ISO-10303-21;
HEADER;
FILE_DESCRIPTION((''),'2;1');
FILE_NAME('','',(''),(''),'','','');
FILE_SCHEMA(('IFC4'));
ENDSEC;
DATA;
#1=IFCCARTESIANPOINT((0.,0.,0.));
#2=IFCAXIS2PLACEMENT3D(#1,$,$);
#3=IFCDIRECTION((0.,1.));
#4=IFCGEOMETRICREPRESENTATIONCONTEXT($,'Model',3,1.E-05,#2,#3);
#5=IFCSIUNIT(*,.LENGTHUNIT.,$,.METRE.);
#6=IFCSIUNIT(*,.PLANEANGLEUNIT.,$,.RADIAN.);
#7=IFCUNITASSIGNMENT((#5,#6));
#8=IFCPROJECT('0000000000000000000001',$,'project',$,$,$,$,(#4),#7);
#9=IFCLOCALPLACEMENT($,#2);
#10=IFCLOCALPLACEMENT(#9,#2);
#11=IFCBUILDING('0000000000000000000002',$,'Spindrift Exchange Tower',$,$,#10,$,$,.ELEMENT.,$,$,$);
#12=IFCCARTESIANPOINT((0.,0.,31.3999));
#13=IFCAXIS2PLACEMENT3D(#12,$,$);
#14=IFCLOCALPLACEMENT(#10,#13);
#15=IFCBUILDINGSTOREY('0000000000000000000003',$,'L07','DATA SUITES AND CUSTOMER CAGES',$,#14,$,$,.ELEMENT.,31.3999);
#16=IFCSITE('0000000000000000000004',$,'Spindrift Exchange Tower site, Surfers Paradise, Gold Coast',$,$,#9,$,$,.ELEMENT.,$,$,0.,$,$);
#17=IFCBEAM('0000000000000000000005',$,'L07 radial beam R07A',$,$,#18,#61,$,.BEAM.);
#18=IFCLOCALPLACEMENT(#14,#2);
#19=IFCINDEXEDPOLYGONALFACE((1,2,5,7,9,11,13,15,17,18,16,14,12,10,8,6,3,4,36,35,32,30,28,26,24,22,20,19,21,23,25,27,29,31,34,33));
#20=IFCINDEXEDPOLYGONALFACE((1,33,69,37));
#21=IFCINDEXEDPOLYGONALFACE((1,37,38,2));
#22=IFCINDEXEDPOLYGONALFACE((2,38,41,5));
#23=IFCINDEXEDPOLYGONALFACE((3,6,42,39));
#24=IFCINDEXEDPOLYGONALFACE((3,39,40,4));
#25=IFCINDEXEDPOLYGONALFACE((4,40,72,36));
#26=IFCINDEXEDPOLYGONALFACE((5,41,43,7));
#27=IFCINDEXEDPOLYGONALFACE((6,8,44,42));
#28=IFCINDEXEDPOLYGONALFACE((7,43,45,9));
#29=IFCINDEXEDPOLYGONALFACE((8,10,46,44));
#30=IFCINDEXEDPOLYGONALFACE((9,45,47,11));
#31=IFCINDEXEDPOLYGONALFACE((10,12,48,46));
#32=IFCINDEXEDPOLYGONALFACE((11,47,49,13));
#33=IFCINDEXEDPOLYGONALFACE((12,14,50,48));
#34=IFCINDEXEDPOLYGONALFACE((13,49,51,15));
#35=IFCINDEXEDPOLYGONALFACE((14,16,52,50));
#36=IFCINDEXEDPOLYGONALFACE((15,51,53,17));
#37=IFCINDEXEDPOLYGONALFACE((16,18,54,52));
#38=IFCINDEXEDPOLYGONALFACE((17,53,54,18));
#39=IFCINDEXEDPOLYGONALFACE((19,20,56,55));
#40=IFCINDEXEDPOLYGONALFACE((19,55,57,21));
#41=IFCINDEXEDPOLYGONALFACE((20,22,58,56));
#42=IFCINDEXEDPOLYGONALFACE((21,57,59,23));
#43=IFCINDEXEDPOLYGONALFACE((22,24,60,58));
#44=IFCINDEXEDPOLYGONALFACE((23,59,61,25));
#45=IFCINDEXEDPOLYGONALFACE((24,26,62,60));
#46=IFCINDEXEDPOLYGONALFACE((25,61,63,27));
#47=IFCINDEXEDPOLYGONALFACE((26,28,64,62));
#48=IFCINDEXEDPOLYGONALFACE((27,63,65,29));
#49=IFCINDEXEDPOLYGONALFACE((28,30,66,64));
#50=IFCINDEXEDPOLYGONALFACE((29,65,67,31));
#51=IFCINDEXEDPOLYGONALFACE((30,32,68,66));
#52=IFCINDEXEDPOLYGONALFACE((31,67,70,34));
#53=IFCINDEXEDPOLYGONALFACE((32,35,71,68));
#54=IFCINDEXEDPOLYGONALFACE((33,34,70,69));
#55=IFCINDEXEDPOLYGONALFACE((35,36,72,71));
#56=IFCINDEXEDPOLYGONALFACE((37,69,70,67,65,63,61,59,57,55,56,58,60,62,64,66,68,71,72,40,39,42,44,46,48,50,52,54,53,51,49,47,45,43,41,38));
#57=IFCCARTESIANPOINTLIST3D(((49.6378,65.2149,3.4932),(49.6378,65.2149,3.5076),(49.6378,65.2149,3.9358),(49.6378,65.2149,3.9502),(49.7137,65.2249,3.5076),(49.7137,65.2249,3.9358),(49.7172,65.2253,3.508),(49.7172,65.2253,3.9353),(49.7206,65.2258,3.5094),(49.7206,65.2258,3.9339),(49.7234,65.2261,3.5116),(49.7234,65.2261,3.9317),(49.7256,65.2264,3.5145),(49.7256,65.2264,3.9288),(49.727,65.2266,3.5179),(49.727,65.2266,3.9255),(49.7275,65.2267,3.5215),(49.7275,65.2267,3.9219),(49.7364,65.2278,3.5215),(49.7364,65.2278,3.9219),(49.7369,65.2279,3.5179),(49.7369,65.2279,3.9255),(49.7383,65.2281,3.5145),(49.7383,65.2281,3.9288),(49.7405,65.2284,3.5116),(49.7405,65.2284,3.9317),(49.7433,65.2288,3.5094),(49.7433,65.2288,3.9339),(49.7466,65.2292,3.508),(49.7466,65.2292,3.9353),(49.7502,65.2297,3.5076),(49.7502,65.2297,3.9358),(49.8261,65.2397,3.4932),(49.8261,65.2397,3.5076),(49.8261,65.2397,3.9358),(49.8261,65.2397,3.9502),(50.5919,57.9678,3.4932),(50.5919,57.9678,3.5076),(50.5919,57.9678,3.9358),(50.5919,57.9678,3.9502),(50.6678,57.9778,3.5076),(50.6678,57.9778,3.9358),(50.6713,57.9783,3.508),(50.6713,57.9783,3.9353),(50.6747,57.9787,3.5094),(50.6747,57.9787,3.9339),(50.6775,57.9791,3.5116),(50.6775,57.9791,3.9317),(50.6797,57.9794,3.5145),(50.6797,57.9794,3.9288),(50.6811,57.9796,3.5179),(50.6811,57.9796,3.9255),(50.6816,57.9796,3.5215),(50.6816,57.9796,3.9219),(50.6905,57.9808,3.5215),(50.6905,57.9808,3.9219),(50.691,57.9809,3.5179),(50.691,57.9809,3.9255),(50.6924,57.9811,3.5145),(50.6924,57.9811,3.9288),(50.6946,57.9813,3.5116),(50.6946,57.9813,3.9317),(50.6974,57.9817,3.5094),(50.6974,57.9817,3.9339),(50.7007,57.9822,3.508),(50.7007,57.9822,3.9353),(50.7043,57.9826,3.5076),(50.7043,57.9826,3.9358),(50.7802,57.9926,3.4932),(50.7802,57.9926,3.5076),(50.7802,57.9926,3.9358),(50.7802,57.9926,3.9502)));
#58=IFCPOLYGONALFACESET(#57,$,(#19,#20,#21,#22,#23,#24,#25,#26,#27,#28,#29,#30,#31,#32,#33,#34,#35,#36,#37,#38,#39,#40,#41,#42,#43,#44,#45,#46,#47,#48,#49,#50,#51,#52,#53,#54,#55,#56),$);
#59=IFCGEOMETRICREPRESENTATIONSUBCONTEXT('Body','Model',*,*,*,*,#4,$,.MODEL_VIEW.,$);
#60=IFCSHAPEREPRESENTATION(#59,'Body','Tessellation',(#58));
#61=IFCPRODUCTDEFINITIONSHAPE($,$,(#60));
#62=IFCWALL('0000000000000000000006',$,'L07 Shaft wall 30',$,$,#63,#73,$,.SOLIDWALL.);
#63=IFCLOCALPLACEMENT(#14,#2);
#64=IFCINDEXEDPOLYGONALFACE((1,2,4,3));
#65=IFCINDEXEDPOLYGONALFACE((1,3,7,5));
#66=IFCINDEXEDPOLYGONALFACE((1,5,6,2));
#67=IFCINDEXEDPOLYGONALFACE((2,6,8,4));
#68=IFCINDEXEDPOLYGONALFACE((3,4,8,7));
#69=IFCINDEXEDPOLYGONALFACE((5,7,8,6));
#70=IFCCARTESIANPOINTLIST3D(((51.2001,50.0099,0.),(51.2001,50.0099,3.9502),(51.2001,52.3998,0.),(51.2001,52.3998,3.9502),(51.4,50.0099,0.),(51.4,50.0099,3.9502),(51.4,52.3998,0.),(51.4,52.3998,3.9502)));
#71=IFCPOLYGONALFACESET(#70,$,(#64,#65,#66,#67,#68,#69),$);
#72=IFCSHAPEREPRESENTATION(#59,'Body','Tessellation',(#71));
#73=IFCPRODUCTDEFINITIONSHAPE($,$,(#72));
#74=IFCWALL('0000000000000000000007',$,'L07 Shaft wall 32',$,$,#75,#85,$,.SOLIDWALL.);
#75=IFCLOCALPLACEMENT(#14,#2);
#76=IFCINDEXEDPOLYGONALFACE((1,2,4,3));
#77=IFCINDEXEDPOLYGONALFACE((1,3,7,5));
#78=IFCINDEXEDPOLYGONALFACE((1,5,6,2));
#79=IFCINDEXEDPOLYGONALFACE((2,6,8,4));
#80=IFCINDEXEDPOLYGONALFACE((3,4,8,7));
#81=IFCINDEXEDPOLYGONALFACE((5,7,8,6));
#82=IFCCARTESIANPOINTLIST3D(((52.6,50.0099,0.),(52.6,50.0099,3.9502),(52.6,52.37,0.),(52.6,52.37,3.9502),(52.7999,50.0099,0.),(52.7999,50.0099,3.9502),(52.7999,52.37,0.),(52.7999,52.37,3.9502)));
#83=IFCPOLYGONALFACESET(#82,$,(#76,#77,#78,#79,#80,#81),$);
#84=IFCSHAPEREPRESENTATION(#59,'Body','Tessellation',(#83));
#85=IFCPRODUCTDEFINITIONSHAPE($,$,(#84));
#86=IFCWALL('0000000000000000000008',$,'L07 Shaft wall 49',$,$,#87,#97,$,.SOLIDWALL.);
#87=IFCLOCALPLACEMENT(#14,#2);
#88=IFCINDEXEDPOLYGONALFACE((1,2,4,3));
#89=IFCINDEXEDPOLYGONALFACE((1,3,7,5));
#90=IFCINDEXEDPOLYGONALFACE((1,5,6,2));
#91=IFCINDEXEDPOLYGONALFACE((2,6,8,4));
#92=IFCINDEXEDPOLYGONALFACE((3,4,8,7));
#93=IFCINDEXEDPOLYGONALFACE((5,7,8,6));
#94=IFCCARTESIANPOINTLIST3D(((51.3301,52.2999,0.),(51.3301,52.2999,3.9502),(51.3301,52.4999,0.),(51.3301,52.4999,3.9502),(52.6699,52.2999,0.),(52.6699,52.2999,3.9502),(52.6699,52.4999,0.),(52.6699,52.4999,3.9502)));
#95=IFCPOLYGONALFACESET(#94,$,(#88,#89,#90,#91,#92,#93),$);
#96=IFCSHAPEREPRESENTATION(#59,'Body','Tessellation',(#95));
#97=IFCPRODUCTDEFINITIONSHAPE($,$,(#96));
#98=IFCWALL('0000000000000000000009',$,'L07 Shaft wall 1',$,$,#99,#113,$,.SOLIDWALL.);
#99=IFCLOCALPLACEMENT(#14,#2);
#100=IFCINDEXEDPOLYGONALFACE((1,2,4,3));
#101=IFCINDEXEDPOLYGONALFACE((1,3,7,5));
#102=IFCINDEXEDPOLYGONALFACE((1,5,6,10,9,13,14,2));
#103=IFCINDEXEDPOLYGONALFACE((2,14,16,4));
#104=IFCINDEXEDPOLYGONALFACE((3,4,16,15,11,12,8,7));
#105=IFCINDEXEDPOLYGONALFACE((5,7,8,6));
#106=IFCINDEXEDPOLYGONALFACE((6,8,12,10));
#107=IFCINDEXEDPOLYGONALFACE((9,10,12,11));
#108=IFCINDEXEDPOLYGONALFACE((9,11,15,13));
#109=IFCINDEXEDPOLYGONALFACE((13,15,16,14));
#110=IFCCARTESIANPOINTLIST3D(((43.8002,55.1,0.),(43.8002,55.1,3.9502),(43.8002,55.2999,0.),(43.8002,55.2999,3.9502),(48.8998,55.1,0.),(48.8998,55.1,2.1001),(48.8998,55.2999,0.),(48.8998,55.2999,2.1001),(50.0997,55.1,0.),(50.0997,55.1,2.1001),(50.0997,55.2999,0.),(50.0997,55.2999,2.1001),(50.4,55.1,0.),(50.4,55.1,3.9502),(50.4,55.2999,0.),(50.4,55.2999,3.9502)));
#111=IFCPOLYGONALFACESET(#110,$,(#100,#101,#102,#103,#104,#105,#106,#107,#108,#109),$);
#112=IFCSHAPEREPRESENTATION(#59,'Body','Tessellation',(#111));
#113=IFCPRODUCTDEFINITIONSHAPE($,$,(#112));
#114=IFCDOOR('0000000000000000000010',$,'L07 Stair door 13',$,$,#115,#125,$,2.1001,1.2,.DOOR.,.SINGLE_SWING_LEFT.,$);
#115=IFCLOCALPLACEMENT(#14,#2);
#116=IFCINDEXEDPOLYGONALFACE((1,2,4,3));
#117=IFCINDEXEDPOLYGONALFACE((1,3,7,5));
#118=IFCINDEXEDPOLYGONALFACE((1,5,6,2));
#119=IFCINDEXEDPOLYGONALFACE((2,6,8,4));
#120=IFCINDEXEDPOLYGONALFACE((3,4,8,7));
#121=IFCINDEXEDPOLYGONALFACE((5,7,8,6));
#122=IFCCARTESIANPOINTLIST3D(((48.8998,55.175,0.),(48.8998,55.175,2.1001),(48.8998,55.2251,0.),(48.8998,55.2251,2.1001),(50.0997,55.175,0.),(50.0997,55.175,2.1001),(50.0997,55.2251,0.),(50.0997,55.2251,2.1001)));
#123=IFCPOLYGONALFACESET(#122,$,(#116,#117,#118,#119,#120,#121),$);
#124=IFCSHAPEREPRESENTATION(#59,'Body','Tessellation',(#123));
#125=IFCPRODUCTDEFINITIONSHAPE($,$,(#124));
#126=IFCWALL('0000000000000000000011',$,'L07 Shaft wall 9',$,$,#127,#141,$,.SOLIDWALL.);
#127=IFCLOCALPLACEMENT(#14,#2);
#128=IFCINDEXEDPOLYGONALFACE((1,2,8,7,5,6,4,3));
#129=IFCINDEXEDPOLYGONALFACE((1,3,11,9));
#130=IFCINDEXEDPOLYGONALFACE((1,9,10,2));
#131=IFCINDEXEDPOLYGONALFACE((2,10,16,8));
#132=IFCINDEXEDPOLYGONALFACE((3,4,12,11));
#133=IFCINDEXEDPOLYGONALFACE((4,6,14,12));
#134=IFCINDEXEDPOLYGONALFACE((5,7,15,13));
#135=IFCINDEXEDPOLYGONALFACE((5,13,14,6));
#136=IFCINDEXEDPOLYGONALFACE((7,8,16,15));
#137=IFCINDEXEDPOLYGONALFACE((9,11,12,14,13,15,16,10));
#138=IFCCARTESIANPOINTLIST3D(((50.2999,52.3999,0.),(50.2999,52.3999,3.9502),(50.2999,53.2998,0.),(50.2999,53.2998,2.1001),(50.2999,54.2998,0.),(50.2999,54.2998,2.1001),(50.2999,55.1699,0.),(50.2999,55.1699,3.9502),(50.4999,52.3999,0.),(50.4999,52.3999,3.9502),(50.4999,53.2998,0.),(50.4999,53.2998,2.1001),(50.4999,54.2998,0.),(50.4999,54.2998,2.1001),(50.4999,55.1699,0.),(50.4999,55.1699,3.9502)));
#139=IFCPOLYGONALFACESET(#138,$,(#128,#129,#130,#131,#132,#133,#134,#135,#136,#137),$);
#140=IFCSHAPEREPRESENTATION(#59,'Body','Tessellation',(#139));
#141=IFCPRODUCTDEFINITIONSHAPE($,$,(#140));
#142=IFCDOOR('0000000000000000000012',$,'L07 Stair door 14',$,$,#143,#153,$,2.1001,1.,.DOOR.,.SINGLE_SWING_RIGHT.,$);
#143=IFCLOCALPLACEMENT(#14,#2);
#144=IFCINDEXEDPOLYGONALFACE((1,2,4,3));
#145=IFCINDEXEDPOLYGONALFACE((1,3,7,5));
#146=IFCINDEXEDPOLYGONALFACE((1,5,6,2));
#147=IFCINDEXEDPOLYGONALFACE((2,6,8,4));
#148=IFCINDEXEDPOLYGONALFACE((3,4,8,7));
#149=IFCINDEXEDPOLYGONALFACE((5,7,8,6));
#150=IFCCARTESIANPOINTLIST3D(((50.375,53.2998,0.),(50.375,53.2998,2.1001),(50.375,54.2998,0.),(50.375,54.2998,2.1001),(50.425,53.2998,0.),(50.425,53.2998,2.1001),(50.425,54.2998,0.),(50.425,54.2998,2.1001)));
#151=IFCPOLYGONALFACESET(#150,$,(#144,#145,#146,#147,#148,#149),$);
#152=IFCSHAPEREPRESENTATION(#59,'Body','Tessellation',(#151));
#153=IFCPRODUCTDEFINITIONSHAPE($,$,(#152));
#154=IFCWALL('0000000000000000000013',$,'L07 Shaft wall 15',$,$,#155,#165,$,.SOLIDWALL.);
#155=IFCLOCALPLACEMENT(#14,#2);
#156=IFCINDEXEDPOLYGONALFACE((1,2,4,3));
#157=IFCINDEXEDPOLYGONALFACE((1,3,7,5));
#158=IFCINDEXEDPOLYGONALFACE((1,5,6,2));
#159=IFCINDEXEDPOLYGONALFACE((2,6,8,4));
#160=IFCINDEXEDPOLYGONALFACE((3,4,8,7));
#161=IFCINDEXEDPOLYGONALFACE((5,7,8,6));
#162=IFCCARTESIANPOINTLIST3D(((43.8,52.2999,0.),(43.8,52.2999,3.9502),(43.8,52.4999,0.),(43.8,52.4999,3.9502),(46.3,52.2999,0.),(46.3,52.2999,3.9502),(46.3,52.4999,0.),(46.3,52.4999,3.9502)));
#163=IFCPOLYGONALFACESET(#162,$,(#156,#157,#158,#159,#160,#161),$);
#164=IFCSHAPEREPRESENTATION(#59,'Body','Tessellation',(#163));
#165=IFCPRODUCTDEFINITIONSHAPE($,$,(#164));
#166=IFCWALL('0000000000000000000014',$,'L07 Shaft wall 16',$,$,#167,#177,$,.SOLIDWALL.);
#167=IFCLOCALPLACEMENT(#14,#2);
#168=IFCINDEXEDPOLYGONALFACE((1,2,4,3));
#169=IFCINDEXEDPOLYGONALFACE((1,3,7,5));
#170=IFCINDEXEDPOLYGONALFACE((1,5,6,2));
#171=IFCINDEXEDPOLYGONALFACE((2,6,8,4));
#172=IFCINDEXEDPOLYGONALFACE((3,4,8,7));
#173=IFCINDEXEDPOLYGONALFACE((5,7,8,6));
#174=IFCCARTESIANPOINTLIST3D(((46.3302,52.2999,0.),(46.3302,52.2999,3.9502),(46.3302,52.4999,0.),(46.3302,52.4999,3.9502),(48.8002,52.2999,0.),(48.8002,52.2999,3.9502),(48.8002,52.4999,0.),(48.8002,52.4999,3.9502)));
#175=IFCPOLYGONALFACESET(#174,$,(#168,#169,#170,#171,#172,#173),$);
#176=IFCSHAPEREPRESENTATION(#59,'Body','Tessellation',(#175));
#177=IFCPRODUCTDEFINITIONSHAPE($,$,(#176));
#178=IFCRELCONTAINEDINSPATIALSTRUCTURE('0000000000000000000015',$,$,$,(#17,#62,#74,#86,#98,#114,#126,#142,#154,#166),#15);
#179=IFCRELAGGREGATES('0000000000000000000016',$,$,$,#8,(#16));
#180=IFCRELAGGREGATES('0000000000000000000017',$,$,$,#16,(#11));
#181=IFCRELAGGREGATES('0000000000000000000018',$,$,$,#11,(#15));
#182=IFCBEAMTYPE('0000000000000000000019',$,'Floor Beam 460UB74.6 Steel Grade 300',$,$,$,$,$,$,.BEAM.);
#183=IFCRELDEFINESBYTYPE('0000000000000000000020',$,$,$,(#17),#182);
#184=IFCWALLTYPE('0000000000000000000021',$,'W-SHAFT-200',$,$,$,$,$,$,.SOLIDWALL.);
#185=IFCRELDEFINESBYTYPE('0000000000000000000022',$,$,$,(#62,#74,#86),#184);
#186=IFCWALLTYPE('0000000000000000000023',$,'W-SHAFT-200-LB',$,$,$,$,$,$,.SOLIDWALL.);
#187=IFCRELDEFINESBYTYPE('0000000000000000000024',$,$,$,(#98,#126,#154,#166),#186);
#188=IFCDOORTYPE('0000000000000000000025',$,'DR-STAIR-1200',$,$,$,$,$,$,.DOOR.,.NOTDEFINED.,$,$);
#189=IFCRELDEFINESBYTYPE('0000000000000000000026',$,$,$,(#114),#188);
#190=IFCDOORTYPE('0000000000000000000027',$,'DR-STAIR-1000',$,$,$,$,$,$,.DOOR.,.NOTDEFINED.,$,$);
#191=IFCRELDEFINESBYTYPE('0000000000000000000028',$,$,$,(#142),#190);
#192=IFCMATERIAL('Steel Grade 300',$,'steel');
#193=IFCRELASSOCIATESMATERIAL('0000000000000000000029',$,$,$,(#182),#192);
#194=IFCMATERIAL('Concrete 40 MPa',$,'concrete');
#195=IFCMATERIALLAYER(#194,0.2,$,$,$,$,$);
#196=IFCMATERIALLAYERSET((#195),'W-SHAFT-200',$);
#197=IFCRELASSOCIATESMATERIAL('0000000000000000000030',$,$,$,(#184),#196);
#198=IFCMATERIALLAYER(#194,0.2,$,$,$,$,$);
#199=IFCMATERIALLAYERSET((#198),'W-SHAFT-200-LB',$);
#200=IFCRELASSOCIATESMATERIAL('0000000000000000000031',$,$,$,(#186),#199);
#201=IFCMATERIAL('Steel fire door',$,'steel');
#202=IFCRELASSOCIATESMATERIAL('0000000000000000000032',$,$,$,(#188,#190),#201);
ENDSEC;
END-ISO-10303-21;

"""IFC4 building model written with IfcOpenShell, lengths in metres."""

from ifc_helpers import new_model, si_unit, direction, frame, frame_2d, origin, origin_2d, place, context, subcontext, project, spatial, rectangle, i_section, extrude, source, transform, mapped, material, layer, layer_set, material_profile, profile_set, type_object, element, fill, save


model = new_model("IFC4")

# Units and contexts
model_context = context("Model", 3, precision=1e-05, world=origin(), true_north=direction((0.0, 1.0)))
body_context = subcontext(model_context, "Body", "Model", "MODEL_VIEW")
ifc_project = project(units=[si_unit("LENGTHUNIT", "METRE"), si_unit("PLANEANGLEUNIT", "RADIAN")], contexts=[model_context])

# Site, building, storey
site_placement = place(None, origin())
site = spatial("IfcSite", under=ifc_project, at=site_placement, Name="Spindrift Exchange Tower site, Surfers Paradise, Gold Coast", CompositionType="ELEMENT", RefElevation=0.0)
building_placement = place(site_placement, origin())
building = spatial("IfcBuilding", under=site, at=building_placement, Name="Spindrift Exchange Tower", CompositionType="ELEMENT")
storey_placement = place(building_placement, frame((0.0, 0.0, 31.3999)))
storey = spatial("IfcBuildingStorey", under=building, at=storey_placement, Name="L07", Description="DATA SUITES AND CUSTOMER CAGES", CompositionType="ELEMENT", Elevation=31.3999)

# Beam
ifc_material_1 = material(Name="Steel Grade 300", Category="steel")
ifc_material_profile = material_profile(ifc_material_1, i_section(OverallWidth=0.1899, OverallDepth=0.457, WebThickness=0.009, FlangeThickness=0.0144, FilletRadius=0.0139, at=origin_2d()), Name="460UB74.6")
ifc_profile_set = profile_set([ifc_material_profile], Name="Steel Grade 300")
beam_type = type_object("IfcBeamType", Name="Floor Beam 460UB74.6 Steel Grade 300", PredefinedType="BEAM", material=ifc_profile_set)
shared_shape_1 = source(origin(), body_context, "Body", "SweptSolid", [
    extrude(i_section(OverallWidth=0.1899, OverallDepth=0.457, WebThickness=0.009, FlangeThickness=0.0144, FilletRadius=0.0139, at=origin_2d()), origin(), (0.0, 0.0, 1.0), 7.3096),
])
beam_placement = place(storey_placement, frame((50.686, 57.9802, 3.7217), z_axis=(-0.130527, 0.991445, 0.0), x_axis=(-0.991445, -0.130527, 0.0)))
element("IfcBeam", 1, at=beam_placement, inside=storey, type_object=beam_type, Name="L07 radial beam R07A", PredefinedType="BEAM", context=body_context, shape_type="MappedRepresentation", body=[
    mapped(shared_shape_1, transform((0.0, 0.0, 0.0), scale=1.0)),
])

# Walls
ifc_material_2 = material(Name="Concrete 40 MPa", Category="concrete")
ifc_layer_1 = layer(ifc_material_2, 0.2)
ifc_layer_set_1 = layer_set([ifc_layer_1], Name="W-SHAFT-200")
wall_type_1 = type_object("IfcWallType", Name="W-SHAFT-200", PredefinedType="SOLIDWALL", material=ifc_layer_set_1)
wall_1_placement = place(storey_placement, frame((51.3, 50.01, 0.0), z_axis=(0.0, 0.0, 1.0), x_axis=(0.0, 1.0, 0.0)))
element("IfcWall", 2, at=wall_1_placement, inside=storey, type_object=wall_type_1, Name="L07 Shaft wall 30", PredefinedType="SOLIDWALL", context=body_context, shape_type="SweptSolid", body=[
    extrude(rectangle(XDim=2.3899, YDim=0.2, at=frame_2d((1.1948, 0.0))), origin(), (0.0, 0.0, 1.0), 3.9502),
])
wall_2_placement = place(storey_placement, frame((52.7, 52.3701, 0.0), z_axis=(0.0, 0.0, 1.0), x_axis=(0.0, -1.0, 0.0)))
element("IfcWall", 3, at=wall_2_placement, inside=storey, type_object=wall_type_1, Name="L07 Shaft wall 32", PredefinedType="SOLIDWALL", context=body_context, shape_type="SweptSolid", body=[
    extrude(rectangle(XDim=2.3601, YDim=0.2, at=frame_2d((1.1802, 0.0))), origin(), (0.0, 0.0, 1.0), 3.9502),
])
wall_3_placement = place(storey_placement, frame((51.3301, 52.3999, 0.0), z_axis=(0.0, 0.0, 1.0), x_axis=(1.0, 0.0, 0.0)))
element("IfcWall", 4, at=wall_3_placement, inside=storey, type_object=wall_type_1, Name="L07 Shaft wall 49", PredefinedType="SOLIDWALL", context=body_context, shape_type="SweptSolid", body=[
    extrude(rectangle(XDim=1.3398, YDim=0.2, at=frame_2d((0.6699, 0.0))), origin(), (0.0, 0.0, 1.0), 3.9502),
])

# Walls, openings, doors
ifc_layer_2 = layer(ifc_material_2, 0.2)
ifc_layer_set_2 = layer_set([ifc_layer_2], Name="W-SHAFT-200-LB")
wall_type_2 = type_object("IfcWallType", Name="W-SHAFT-200-LB", PredefinedType="SOLIDWALL", material=ifc_layer_set_2)
wall_4_placement = place(storey_placement, frame((50.3999, 55.2, 0.0), z_axis=(0.0, 0.0, 1.0), x_axis=(-1.0, 0.0, 0.0)))
wall_4 = element("IfcWall", 5, at=wall_4_placement, inside=storey, type_object=wall_type_2, Name="L07 Shaft wall 1", PredefinedType="SOLIDWALL", context=body_context, shape_type="SweptSolid", body=[
    extrude(rectangle(XDim=6.5999, YDim=0.2, at=frame_2d((3.2998, 0.0))), origin(), (0.0, 0.0, 1.0), 3.9502),
])
opening_1_placement = place(wall_4_placement, frame((0.3, 0.0, 0.0)))
opening_1 = element("IfcOpeningElement", 6, at=opening_1_placement, cuts=wall_4, PredefinedType="OPENING", context=body_context, shape_type="SweptSolid", body=[
    extrude(rectangle(XDim=1.2, YDim=2.1001, at=frame_2d((0.6001, 1.05))), frame((0.0, 0.1099, 0.0), z_axis=(0.0, -1.0, 0.0), x_axis=(1.0, 0.0, 0.0)), (0.0, 0.0, 1.0), 0.22),
])
ifc_material_3 = material(Name="Steel fire door", Category="steel")
door_type_1 = type_object("IfcDoorType", Name="DR-STAIR-1200", OperationType="NOTDEFINED", PredefinedType="DOOR", material=ifc_material_3)
shared_shape_2 = source(origin(), body_context, "Body", "SweptSolid", [
    extrude(rectangle(XDim=1.2, YDim=2.1001, at=frame_2d((0.6001, 1.05))), frame((0.0, 0.0249, 0.0), z_axis=(0.0, -1.0, 0.0), x_axis=(1.0, 0.0, 0.0)), (0.0, 0.0, 1.0), 0.05),
])
door_1_placement = place(opening_1_placement, origin())
door_1 = element("IfcDoor", 7, at=door_1_placement, inside=storey, type_object=door_type_1, Name="L07 Stair door 13", OperationType="SINGLE_SWING_LEFT", OverallHeight=2.1001, OverallWidth=1.2, PredefinedType="DOOR", context=body_context, shape_type="MappedRepresentation", body=[
    mapped(shared_shape_2, transform((0.0, 0.0, 0.0), scale=1.0)),
])
fill(opening_1, door_1)
wall_5_placement = place(storey_placement, frame((50.3999, 52.3999, 0.0), z_axis=(0.0, 0.0, 1.0), x_axis=(0.0, 1.0, 0.0)))
wall_5 = element("IfcWall", 8, at=wall_5_placement, inside=storey, type_object=wall_type_2, Name="L07 Shaft wall 9", PredefinedType="SOLIDWALL", context=body_context, shape_type="SweptSolid", body=[
    extrude(rectangle(XDim=2.77, YDim=0.2, at=frame_2d((1.385, 0.0))), origin(), (0.0, 0.0, 1.0), 3.9502),
])
opening_2_placement = place(wall_5_placement, frame((0.8999, 0.0, 0.0)))
opening_2 = element("IfcOpeningElement", 9, at=opening_2_placement, cuts=wall_5, PredefinedType="OPENING", context=body_context, shape_type="SweptSolid", body=[
    extrude(rectangle(XDim=1.0, YDim=2.1001, at=frame_2d((0.5, 1.05))), frame((0.0, 0.1099, 0.0), z_axis=(0.0, -1.0, 0.0), x_axis=(1.0, 0.0, 0.0)), (0.0, 0.0, 1.0), 0.22),
])
door_type_2 = type_object("IfcDoorType", Name="DR-STAIR-1000", OperationType="NOTDEFINED", PredefinedType="DOOR", material=ifc_material_3)
shared_shape_3 = source(origin(), body_context, "Body", "SweptSolid", [
    extrude(rectangle(XDim=1.0, YDim=2.1001, at=frame_2d((0.5, 1.05))), frame((0.0, 0.0249, 0.0), z_axis=(0.0, -1.0, 0.0), x_axis=(1.0, 0.0, 0.0)), (0.0, 0.0, 1.0), 0.05),
])
door_2_placement = place(opening_2_placement, origin())
door_2 = element("IfcDoor", 10, at=door_2_placement, inside=storey, type_object=door_type_2, Name="L07 Stair door 14", OperationType="SINGLE_SWING_RIGHT", OverallHeight=2.1001, OverallWidth=1.0, PredefinedType="DOOR", context=body_context, shape_type="MappedRepresentation", body=[
    mapped(shared_shape_3, transform((0.0, 0.0, 0.0), scale=1.0)),
])
fill(opening_2, door_2)

# Walls
wall_6_placement = place(storey_placement, frame((46.3, 52.3999, 0.0), z_axis=(0.0, 0.0, 1.0), x_axis=(-1.0, 0.0, 0.0)))
element("IfcWall", 11, at=wall_6_placement, inside=storey, type_object=wall_type_2, Name="L07 Shaft wall 15", PredefinedType="SOLIDWALL", context=body_context, shape_type="SweptSolid", body=[
    extrude(rectangle(XDim=2.5, YDim=0.2, at=frame_2d((1.25, 0.0))), origin(), (0.0, 0.0, 1.0), 3.9502),
])
wall_7_placement = place(storey_placement, frame((48.8, 52.3999, 0.0), z_axis=(0.0, 0.0, 1.0), x_axis=(-1.0, 0.0, 0.0)))
element("IfcWall", 12, at=wall_7_placement, inside=storey, type_object=wall_type_2, Name="L07 Shaft wall 16", PredefinedType="SOLIDWALL", context=body_context, shape_type="SweptSolid", body=[
    extrude(rectangle(XDim=2.47, YDim=0.2, at=frame_2d((1.2349, 0.0))), origin(), (0.0, 0.0, 1.0), 3.9502),
])

save(model, "model.ifc")
